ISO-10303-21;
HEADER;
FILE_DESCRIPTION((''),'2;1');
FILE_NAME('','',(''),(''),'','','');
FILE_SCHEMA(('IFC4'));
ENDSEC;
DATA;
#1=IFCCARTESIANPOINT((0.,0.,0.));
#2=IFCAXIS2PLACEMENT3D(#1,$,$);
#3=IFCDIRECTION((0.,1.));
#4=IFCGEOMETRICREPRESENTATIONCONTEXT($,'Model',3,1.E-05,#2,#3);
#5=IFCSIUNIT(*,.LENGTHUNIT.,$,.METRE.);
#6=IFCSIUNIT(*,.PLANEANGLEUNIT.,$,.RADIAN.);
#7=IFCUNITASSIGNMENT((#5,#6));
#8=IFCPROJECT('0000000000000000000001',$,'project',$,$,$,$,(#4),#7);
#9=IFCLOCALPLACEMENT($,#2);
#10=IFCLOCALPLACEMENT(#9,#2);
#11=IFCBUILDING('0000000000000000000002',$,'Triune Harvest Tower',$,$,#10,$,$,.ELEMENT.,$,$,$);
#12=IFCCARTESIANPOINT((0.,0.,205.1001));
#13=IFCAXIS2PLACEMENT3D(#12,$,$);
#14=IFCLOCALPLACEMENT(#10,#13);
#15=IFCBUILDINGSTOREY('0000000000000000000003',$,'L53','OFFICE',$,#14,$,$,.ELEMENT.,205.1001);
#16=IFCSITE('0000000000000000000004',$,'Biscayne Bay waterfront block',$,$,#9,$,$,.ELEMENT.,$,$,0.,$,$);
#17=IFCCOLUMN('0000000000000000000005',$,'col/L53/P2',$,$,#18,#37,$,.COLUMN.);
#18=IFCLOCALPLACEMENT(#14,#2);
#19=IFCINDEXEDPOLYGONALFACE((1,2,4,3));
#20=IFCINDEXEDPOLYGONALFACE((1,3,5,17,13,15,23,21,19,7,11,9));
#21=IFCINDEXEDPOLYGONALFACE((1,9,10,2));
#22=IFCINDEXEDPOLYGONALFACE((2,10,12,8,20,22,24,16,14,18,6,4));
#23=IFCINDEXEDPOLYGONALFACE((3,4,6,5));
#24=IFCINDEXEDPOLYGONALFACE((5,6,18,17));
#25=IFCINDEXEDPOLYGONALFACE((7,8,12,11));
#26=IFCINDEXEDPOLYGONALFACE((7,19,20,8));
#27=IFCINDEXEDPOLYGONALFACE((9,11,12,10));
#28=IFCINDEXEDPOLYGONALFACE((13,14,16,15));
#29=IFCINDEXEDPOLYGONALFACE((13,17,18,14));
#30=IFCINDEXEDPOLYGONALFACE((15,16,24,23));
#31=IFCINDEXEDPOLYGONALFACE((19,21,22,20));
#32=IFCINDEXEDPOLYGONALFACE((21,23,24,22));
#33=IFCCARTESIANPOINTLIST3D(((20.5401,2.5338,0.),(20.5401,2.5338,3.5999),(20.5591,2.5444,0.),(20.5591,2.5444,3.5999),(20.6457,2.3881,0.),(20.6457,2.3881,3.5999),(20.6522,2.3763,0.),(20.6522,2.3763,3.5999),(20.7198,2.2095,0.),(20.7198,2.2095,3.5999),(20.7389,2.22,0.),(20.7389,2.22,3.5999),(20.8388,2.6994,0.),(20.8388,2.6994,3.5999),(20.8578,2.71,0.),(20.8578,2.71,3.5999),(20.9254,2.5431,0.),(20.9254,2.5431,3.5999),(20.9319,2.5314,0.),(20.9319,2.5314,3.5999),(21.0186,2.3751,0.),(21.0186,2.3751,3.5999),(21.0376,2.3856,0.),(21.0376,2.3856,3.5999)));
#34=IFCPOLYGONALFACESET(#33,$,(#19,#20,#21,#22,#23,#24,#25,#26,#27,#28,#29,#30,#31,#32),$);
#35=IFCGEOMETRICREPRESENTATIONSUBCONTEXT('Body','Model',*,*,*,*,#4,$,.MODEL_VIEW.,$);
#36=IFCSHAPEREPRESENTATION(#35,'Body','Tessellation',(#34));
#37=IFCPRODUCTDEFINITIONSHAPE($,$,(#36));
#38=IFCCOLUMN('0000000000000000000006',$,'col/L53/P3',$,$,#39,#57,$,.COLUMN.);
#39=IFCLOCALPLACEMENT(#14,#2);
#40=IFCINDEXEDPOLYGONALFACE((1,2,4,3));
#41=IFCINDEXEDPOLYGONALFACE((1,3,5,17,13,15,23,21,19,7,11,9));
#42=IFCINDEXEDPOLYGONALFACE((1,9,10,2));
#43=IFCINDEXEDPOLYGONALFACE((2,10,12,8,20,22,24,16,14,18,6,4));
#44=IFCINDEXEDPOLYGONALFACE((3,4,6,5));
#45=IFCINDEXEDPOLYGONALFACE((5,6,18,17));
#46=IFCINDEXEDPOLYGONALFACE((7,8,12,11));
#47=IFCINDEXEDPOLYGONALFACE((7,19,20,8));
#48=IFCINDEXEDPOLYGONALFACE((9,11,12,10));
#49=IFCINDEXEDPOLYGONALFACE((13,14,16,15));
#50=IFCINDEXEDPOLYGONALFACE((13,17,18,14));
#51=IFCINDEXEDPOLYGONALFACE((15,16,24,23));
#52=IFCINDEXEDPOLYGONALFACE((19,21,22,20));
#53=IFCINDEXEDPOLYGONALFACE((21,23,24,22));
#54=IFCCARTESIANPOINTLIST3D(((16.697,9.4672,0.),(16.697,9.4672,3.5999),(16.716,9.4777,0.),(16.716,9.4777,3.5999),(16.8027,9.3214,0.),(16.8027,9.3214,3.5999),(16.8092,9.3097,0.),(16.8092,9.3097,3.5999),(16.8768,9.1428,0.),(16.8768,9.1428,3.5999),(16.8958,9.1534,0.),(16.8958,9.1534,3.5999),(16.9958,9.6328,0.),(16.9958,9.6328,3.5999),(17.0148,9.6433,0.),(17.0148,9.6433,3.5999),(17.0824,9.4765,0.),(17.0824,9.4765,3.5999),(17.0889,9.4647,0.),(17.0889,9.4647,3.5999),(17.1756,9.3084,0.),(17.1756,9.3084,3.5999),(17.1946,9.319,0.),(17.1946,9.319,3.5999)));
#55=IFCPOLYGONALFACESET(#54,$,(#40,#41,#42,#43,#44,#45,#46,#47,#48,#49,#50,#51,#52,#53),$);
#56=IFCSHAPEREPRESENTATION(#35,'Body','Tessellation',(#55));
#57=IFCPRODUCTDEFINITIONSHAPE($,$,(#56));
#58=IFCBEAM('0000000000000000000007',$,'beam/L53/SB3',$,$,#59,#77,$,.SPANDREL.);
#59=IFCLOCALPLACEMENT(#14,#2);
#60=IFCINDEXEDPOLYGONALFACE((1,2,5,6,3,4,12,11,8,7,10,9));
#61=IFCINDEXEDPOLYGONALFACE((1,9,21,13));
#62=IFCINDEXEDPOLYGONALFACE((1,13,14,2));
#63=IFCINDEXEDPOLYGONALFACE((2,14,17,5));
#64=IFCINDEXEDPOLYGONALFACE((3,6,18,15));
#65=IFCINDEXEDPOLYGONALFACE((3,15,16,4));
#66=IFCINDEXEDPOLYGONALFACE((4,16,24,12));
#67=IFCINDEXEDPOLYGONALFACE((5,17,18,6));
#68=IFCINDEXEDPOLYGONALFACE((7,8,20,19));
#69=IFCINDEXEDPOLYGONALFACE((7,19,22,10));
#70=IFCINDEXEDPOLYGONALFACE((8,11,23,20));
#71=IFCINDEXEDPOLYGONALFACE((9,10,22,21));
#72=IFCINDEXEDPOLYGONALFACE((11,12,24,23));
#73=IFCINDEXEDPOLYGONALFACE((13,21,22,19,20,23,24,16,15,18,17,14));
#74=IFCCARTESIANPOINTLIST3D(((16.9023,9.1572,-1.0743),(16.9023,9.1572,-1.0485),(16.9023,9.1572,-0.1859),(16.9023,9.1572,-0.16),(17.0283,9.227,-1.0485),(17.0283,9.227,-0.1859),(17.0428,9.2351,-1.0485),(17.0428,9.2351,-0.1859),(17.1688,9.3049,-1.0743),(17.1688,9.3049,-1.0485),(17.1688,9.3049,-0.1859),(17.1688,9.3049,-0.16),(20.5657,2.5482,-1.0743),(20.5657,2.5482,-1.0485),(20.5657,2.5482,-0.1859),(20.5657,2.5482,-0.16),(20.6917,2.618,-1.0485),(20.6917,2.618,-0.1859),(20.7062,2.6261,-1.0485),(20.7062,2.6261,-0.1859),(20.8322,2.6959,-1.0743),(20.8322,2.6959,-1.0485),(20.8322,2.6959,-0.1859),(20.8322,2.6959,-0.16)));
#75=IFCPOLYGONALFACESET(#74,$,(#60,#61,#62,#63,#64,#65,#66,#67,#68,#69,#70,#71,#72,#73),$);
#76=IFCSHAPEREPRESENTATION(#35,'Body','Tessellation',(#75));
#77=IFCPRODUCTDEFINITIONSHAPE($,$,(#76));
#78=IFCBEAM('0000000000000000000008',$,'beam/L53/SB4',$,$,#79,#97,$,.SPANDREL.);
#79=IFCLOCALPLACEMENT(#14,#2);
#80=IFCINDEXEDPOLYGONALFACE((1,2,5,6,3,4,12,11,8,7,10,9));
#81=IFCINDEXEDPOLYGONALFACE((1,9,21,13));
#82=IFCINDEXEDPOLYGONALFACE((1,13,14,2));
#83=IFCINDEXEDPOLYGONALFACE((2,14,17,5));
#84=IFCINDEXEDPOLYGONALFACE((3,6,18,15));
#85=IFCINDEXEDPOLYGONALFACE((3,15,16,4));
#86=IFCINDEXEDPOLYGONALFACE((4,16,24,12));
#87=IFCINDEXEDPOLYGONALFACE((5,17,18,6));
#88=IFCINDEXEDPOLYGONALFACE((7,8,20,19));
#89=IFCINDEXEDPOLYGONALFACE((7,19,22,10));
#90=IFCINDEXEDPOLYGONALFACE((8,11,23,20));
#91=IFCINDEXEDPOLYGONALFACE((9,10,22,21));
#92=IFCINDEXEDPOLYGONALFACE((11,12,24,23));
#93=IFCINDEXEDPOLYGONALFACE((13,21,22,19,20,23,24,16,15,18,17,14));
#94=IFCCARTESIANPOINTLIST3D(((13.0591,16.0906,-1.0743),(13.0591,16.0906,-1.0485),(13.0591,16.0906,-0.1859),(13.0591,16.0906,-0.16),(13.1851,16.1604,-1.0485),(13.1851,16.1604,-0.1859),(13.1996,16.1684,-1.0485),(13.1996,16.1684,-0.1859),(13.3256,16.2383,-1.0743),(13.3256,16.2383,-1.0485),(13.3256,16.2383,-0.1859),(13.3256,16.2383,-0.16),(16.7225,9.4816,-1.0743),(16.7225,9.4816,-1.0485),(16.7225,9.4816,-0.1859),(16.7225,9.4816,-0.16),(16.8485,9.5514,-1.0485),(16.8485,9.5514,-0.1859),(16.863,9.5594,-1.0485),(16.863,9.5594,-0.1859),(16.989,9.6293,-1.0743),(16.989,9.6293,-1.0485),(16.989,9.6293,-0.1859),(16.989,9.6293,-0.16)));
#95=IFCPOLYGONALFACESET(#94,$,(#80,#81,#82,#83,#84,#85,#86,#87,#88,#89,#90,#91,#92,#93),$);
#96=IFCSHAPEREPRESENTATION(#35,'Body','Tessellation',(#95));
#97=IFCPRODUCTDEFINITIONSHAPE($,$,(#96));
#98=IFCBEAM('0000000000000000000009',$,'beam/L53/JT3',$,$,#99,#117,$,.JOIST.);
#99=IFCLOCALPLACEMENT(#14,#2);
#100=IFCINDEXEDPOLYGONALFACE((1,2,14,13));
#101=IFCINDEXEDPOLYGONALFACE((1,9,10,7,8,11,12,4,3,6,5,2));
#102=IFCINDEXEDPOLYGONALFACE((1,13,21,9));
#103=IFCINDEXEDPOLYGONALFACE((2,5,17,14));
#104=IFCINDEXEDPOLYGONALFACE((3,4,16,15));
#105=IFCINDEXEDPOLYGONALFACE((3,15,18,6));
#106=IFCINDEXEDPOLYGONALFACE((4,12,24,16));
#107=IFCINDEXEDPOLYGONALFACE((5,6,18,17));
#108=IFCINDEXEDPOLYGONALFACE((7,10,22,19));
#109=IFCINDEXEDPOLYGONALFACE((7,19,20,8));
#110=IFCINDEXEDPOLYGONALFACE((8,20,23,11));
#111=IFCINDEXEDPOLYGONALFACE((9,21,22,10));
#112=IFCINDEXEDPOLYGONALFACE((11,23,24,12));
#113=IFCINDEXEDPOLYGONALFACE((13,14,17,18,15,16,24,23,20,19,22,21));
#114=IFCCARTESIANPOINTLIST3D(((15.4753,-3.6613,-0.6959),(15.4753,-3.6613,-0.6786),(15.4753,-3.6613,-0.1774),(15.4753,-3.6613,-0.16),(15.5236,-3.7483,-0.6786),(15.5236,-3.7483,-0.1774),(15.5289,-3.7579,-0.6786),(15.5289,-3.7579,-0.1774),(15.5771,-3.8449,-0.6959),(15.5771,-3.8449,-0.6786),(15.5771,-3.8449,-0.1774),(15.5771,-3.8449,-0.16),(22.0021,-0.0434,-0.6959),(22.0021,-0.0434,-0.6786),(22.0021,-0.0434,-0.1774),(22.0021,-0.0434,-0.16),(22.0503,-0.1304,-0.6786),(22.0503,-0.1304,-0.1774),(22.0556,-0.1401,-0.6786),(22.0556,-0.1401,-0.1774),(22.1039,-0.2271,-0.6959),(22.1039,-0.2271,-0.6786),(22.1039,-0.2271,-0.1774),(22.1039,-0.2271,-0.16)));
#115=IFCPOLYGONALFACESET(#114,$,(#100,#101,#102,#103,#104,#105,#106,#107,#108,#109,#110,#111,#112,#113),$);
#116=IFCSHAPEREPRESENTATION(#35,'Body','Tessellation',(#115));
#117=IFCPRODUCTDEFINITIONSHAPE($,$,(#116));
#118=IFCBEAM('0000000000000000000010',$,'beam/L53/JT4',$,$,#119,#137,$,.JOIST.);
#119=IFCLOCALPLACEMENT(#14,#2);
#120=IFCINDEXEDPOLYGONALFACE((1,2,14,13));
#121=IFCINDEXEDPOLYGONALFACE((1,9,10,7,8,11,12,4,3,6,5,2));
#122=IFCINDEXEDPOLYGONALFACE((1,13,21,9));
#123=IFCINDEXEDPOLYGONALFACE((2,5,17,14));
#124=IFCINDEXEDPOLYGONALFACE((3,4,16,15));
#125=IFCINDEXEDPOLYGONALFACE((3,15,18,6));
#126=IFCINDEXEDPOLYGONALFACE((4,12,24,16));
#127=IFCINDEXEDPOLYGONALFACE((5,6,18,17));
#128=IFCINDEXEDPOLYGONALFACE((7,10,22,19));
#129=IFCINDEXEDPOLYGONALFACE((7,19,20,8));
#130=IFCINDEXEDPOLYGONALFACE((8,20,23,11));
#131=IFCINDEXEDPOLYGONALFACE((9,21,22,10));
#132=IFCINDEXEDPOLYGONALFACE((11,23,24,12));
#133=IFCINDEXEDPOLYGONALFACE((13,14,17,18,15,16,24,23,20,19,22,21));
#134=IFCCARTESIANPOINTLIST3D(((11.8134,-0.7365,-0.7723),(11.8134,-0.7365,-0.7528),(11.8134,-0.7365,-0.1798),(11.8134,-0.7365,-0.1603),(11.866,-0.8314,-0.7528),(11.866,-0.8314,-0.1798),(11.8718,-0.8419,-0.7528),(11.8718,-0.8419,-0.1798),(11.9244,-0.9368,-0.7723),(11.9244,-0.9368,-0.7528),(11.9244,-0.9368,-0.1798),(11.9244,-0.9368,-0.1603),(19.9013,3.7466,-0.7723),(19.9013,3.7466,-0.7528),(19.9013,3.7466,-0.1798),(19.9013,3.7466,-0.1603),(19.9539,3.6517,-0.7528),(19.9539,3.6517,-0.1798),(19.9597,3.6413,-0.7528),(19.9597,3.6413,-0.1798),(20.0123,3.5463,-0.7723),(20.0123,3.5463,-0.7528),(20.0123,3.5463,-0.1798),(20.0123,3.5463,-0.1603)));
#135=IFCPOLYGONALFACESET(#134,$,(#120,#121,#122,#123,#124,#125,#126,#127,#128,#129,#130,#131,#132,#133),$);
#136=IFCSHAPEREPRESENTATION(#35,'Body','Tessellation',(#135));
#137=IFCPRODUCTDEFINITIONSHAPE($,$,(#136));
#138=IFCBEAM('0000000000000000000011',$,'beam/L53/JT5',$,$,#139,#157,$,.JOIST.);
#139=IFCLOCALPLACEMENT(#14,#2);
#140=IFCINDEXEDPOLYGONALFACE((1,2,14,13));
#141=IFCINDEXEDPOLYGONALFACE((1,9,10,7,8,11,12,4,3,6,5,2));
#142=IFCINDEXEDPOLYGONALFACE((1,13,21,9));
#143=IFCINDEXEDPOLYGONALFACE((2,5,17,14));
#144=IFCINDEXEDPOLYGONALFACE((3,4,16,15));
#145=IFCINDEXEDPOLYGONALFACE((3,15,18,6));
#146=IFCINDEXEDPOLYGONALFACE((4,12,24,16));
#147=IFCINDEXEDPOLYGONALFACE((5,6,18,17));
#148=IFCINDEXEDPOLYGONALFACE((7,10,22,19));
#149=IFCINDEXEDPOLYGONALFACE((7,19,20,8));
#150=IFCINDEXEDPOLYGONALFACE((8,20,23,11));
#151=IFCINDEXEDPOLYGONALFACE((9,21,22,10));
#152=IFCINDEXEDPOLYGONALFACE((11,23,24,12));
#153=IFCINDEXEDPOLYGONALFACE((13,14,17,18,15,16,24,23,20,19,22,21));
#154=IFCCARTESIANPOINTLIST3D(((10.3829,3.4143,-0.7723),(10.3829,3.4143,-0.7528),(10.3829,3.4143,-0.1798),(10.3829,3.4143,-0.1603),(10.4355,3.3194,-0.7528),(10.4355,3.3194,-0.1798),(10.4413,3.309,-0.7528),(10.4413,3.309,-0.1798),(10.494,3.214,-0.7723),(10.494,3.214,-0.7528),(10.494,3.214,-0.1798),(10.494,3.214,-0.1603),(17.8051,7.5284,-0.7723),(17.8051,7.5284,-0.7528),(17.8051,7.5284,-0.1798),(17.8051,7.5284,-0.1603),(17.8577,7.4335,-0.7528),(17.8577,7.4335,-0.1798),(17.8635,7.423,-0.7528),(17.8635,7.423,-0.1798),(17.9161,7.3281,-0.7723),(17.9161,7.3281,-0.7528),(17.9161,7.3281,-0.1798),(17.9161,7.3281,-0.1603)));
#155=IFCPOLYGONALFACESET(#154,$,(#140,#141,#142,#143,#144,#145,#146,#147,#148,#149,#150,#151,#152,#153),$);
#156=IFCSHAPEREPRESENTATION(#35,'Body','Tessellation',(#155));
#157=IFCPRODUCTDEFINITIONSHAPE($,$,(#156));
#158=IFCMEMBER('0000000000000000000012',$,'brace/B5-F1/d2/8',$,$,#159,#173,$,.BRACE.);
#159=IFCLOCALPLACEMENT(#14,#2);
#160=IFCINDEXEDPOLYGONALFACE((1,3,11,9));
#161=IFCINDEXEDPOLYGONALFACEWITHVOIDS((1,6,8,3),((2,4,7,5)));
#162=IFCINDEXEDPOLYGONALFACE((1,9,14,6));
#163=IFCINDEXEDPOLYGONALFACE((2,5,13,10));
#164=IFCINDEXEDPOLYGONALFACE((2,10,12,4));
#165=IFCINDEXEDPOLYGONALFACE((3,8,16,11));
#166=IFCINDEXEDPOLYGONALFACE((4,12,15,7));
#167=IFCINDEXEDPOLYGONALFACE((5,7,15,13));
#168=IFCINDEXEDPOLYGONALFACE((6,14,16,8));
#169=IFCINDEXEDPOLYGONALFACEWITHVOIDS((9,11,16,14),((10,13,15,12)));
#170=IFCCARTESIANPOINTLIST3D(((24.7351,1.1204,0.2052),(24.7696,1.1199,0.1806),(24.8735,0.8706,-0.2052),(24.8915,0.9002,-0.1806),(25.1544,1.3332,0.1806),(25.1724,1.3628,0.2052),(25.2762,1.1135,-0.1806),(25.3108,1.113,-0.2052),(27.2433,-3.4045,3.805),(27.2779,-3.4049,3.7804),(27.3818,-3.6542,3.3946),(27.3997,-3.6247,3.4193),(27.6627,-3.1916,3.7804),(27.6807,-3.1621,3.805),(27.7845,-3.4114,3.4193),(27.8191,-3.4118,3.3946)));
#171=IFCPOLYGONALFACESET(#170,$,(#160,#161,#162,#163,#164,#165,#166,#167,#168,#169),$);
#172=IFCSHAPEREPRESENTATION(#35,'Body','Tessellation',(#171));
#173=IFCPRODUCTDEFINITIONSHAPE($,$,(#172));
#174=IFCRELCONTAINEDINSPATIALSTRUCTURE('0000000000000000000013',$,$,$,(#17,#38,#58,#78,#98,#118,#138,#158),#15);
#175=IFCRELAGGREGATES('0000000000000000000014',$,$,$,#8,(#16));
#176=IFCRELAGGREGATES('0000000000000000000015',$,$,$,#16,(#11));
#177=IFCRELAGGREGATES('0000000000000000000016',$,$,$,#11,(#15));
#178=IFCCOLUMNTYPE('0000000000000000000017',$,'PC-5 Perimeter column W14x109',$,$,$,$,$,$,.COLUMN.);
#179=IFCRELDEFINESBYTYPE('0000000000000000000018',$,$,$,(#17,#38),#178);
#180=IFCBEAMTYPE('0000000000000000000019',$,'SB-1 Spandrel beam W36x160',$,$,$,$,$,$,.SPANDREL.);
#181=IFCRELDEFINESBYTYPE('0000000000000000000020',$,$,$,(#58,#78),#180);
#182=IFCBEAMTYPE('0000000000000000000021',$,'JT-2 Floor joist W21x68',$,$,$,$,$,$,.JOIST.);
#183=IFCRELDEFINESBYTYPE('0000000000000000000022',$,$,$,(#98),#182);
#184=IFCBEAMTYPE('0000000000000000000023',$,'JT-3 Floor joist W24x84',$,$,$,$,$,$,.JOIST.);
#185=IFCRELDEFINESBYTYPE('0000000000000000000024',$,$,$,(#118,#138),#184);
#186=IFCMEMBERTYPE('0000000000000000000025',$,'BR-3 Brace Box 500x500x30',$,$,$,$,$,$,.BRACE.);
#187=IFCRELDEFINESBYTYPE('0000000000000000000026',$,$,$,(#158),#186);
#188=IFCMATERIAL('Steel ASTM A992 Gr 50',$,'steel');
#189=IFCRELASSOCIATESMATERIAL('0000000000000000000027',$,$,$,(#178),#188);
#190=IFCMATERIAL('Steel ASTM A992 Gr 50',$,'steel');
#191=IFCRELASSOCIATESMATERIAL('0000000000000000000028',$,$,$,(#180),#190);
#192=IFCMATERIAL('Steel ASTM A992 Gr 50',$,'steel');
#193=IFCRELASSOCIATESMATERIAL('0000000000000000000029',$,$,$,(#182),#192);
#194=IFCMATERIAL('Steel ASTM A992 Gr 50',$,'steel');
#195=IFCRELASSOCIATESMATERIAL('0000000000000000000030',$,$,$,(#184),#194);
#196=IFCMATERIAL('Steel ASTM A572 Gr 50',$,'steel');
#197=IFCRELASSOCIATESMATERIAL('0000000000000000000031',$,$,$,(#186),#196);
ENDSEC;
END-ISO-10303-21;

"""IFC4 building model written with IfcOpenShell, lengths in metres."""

from ifc_helpers import new_model, si_unit, direction, frame, origin, origin_2d, place, context, subcontext, project, spatial, hollow_rectangle, i_section, extrude, source, transform, mapped, material, material_profile, profile_set, type_object, element, save


model = new_model("IFC4")

# Units and contexts
model_context = context("Model", 3, precision=1e-05, world=origin(), true_north=direction((0.0, 1.0)))
body_context = subcontext(model_context, "Body", "Model", "MODEL_VIEW")
ifc_project = project(units=[si_unit("LENGTHUNIT", "METRE"), si_unit("PLANEANGLEUNIT", "RADIAN")], contexts=[model_context])

# Site, building, storey
site_placement = place(None, origin())
site = spatial("IfcSite", under=ifc_project, at=site_placement, Name="Biscayne Bay waterfront block", CompositionType="ELEMENT", RefElevation=0.0)
building_placement = place(site_placement, origin())
building = spatial("IfcBuilding", under=site, at=building_placement, Name="Triune Harvest Tower", CompositionType="ELEMENT")
storey_placement = place(building_placement, frame((0.0, 0.0, 205.1001)))
storey = spatial("IfcBuildingStorey", under=building, at=storey_placement, Name="L53", Description="OFFICE", CompositionType="ELEMENT", Elevation=205.1001)

# Columns
ifc_material_1 = material(Name="Steel ASTM A992 Gr 50", Category="steel")
ifc_material_profile_1 = material_profile(ifc_material_1, i_section(OverallWidth=0.3708, OverallDepth=0.3633, WebThickness=0.0134, FlangeThickness=0.0217, at=origin_2d()), Name="W14x109")
ifc_profile_set_1 = profile_set([ifc_material_profile_1], Name="Steel ASTM A992 Gr 50")
column_type = type_object("IfcColumnType", Name="PC-5 Perimeter column W14x109", PredefinedType="COLUMN", material=ifc_profile_set_1)
shared_shape_1 = source(origin(), body_context, "Body", "SweptSolid", [
    extrude(i_section(OverallWidth=0.3708, OverallDepth=0.3633, WebThickness=0.0134, FlangeThickness=0.0217, at=origin_2d()), origin(), (0.0, 0.0, 1.0), 3.5999),
])
for number, where, z_axis, x_axis, name in (
    (1, (20.7888, 2.4597, 0.0), (0.0, 0.0, 1.0), (-0.48481, 0.87462, 0.0), "col/L53/P2"),
    (2, (16.9458, 9.3931, 0.0), (0.0, 0.0, 1.0), (-0.48481, 0.87462, 0.0), "col/L53/P3"),
):
    element("IfcColumn", number, at=place(storey_placement, frame(where, z_axis=z_axis, x_axis=x_axis)), inside=storey, type_object=column_type, Name=name, PredefinedType="COLUMN", context=body_context, shape_type="MappedRepresentation", body=[
        mapped(shared_shape_1, transform((0.0, 0.0, 0.0), scale=1.0)),
    ])

# Beams
ifc_material_2 = material(Name="Steel ASTM A992 Gr 50", Category="steel")
ifc_material_profile_2 = material_profile(ifc_material_2, i_section(OverallWidth=0.3047, OverallDepth=0.9143, WebThickness=0.0166, FlangeThickness=0.0259, at=origin_2d()), Name="W36x160")
ifc_profile_set_2 = profile_set([ifc_material_profile_2], Name="Steel ASTM A992 Gr 50")
beam_type_1 = type_object("IfcBeamType", Name="SB-1 Spandrel beam W36x160", PredefinedType="SPANDREL", material=ifc_profile_set_2)
shared_shape_2 = source(origin(), body_context, "Body", "SweptSolid", [
    extrude(i_section(OverallWidth=0.3047, OverallDepth=0.9143, WebThickness=0.0166, FlangeThickness=0.0259, at=origin_2d()), origin(), (0.0, 0.0, 1.0), 7.5564),
])
for number, where, z_axis, x_axis, name in (
    (3, (20.699, 2.6221, -0.6172), (-0.484806, 0.874622, 0.0), (-0.874622, -0.484806, 0.0), "beam/L53/SB3"),
    (4, (16.8557, 9.5554, -0.6172), (-0.484806, 0.874622, 0.0), (-0.874622, -0.484806, 0.0), "beam/L53/SB4"),
):
    element("IfcBeam", number, at=place(storey_placement, frame(where, z_axis=z_axis, x_axis=x_axis)), inside=storey, type_object=beam_type_1, Name=name, PredefinedType="SPANDREL", context=body_context, shape_type="MappedRepresentation", body=[
        mapped(shared_shape_2, transform((0.0, 0.0, 0.0), scale=1.0)),
    ])
ifc_material_3 = material(Name="Steel ASTM A992 Gr 50", Category="steel")
ifc_material_profile_3 = material_profile(ifc_material_3, i_section(OverallWidth=0.21, OverallDepth=0.5359, WebThickness=0.011, FlangeThickness=0.0173, at=origin_2d()), Name="W21x68")
ifc_profile_set_3 = profile_set([ifc_material_profile_3], Name="Steel ASTM A992 Gr 50")
beam_type_2 = type_object("IfcBeamType", Name="JT-2 Floor joist W21x68", PredefinedType="JOIST", material=ifc_profile_set_3)
shared_shape_3 = source(origin(), body_context, "Body", "SweptSolid", [
    extrude(i_section(OverallWidth=0.21, OverallDepth=0.5359, WebThickness=0.011, FlangeThickness=0.0173, at=origin_2d()), origin(), (0.0, 0.0, 1.0), 7.4624),
])
beam_1_placement = place(storey_placement, frame((22.053, -0.1353, -0.428), z_axis=(-0.874618, -0.484812, 0.0), x_axis=(0.484812, -0.874618, 0.0)))
element("IfcBeam", 5, at=beam_1_placement, inside=storey, type_object=beam_type_2, Name="beam/L53/JT3", PredefinedType="JOIST", context=body_context, shape_type="MappedRepresentation", body=[
    mapped(shared_shape_3, transform((0.0, 0.0, 0.0), scale=1.0)),
])
ifc_material_4 = material(Name="Steel ASTM A992 Gr 50", Category="steel")
ifc_material_profile_4 = material_profile(ifc_material_4, i_section(OverallWidth=0.229, OverallDepth=0.6121, WebThickness=0.012, FlangeThickness=0.0195, at=origin_2d()), Name="W24x84")
ifc_profile_set_4 = profile_set([ifc_material_profile_4], Name="Steel ASTM A992 Gr 50")
beam_type_3 = type_object("IfcBeamType", Name="JT-3 Floor joist W24x84", PredefinedType="JOIST", material=ifc_profile_set_4)
shared_shape_4 = source(origin(), body_context, "Body", "SweptSolid", [
    extrude(i_section(OverallWidth=0.229, OverallDepth=0.6121, WebThickness=0.012, FlangeThickness=0.0195, at=origin_2d()), origin(), (0.0, 0.0, 1.0), 9.2473),
])
beam_2_placement = place(storey_placement, frame((19.9568, 3.6465, -0.4663), z_axis=(-0.874621, -0.484807, 0.0), x_axis=(0.484807, -0.874621, 0.0)))
element("IfcBeam", 6, at=beam_2_placement, inside=storey, type_object=beam_type_3, Name="beam/L53/JT4", PredefinedType="JOIST", context=body_context, shape_type="MappedRepresentation", body=[
    mapped(shared_shape_4, transform((0.0, 0.0, 0.0), scale=1.0)),
])
shared_shape_5 = source(origin(), body_context, "Body", "SweptSolid", [
    extrude(i_section(OverallWidth=0.229, OverallDepth=0.6121, WebThickness=0.012, FlangeThickness=0.0195, at=origin_2d()), origin(), (0.0, 0.0, 1.0), 8.4861),
])
beam_3_placement = place(storey_placement, frame((17.8606, 7.4282, -0.4663), z_axis=(-0.874626, -0.484798, 0.0), x_axis=(0.484798, -0.874626, 0.0)))
element("IfcBeam", 7, at=beam_3_placement, inside=storey, type_object=beam_type_3, Name="beam/L53/JT5", PredefinedType="JOIST", context=body_context, shape_type="MappedRepresentation", body=[
    mapped(shared_shape_5, transform((0.0, 0.0, 0.0), scale=1.0)),
])

# Member
ifc_material_5 = material(Name="Steel ASTM A572 Gr 50", Category="steel")
ifc_material_profile_5 = material_profile(ifc_material_5, hollow_rectangle(XDim=0.5, YDim=0.5, WallThickness=0.03, at=origin_2d()), Name="Box 500x500x30")
ifc_profile_set_5 = profile_set([ifc_material_profile_5], Name="Steel ASTM A572 Gr 50")
member_type_1 = type_object("IfcMemberType", Name="BR-3 Brace Box 500x500x30", PredefinedType="BRACE", material=ifc_profile_set_5)
shared_shape_6 = source(origin(), body_context, "Body", "SweptSolid", [
    extrude(hollow_rectangle(XDim=0.5, YDim=0.5, WallThickness=0.03, at=origin_2d()), origin(), (0.0, 0.0, 1.0), 6.3027),
])
member_1_placement = place(storey_placement, frame((25.0229, 1.1167, 0.0), z_axis=(0.397966, -0.71792, 0.571152), x_axis=(0.874611, 0.484825, 0.0)))
element("IfcMember", 8, at=member_1_placement, inside=storey, type_object=member_type_1, Name="brace/B5-F1/d2/8", PredefinedType="BRACE", context=body_context, shape_type="MappedRepresentation", body=[
    mapped(shared_shape_6, transform((0.0, 0.0, 0.0), scale=1.0)),
])

save(model, "model.ifc")
